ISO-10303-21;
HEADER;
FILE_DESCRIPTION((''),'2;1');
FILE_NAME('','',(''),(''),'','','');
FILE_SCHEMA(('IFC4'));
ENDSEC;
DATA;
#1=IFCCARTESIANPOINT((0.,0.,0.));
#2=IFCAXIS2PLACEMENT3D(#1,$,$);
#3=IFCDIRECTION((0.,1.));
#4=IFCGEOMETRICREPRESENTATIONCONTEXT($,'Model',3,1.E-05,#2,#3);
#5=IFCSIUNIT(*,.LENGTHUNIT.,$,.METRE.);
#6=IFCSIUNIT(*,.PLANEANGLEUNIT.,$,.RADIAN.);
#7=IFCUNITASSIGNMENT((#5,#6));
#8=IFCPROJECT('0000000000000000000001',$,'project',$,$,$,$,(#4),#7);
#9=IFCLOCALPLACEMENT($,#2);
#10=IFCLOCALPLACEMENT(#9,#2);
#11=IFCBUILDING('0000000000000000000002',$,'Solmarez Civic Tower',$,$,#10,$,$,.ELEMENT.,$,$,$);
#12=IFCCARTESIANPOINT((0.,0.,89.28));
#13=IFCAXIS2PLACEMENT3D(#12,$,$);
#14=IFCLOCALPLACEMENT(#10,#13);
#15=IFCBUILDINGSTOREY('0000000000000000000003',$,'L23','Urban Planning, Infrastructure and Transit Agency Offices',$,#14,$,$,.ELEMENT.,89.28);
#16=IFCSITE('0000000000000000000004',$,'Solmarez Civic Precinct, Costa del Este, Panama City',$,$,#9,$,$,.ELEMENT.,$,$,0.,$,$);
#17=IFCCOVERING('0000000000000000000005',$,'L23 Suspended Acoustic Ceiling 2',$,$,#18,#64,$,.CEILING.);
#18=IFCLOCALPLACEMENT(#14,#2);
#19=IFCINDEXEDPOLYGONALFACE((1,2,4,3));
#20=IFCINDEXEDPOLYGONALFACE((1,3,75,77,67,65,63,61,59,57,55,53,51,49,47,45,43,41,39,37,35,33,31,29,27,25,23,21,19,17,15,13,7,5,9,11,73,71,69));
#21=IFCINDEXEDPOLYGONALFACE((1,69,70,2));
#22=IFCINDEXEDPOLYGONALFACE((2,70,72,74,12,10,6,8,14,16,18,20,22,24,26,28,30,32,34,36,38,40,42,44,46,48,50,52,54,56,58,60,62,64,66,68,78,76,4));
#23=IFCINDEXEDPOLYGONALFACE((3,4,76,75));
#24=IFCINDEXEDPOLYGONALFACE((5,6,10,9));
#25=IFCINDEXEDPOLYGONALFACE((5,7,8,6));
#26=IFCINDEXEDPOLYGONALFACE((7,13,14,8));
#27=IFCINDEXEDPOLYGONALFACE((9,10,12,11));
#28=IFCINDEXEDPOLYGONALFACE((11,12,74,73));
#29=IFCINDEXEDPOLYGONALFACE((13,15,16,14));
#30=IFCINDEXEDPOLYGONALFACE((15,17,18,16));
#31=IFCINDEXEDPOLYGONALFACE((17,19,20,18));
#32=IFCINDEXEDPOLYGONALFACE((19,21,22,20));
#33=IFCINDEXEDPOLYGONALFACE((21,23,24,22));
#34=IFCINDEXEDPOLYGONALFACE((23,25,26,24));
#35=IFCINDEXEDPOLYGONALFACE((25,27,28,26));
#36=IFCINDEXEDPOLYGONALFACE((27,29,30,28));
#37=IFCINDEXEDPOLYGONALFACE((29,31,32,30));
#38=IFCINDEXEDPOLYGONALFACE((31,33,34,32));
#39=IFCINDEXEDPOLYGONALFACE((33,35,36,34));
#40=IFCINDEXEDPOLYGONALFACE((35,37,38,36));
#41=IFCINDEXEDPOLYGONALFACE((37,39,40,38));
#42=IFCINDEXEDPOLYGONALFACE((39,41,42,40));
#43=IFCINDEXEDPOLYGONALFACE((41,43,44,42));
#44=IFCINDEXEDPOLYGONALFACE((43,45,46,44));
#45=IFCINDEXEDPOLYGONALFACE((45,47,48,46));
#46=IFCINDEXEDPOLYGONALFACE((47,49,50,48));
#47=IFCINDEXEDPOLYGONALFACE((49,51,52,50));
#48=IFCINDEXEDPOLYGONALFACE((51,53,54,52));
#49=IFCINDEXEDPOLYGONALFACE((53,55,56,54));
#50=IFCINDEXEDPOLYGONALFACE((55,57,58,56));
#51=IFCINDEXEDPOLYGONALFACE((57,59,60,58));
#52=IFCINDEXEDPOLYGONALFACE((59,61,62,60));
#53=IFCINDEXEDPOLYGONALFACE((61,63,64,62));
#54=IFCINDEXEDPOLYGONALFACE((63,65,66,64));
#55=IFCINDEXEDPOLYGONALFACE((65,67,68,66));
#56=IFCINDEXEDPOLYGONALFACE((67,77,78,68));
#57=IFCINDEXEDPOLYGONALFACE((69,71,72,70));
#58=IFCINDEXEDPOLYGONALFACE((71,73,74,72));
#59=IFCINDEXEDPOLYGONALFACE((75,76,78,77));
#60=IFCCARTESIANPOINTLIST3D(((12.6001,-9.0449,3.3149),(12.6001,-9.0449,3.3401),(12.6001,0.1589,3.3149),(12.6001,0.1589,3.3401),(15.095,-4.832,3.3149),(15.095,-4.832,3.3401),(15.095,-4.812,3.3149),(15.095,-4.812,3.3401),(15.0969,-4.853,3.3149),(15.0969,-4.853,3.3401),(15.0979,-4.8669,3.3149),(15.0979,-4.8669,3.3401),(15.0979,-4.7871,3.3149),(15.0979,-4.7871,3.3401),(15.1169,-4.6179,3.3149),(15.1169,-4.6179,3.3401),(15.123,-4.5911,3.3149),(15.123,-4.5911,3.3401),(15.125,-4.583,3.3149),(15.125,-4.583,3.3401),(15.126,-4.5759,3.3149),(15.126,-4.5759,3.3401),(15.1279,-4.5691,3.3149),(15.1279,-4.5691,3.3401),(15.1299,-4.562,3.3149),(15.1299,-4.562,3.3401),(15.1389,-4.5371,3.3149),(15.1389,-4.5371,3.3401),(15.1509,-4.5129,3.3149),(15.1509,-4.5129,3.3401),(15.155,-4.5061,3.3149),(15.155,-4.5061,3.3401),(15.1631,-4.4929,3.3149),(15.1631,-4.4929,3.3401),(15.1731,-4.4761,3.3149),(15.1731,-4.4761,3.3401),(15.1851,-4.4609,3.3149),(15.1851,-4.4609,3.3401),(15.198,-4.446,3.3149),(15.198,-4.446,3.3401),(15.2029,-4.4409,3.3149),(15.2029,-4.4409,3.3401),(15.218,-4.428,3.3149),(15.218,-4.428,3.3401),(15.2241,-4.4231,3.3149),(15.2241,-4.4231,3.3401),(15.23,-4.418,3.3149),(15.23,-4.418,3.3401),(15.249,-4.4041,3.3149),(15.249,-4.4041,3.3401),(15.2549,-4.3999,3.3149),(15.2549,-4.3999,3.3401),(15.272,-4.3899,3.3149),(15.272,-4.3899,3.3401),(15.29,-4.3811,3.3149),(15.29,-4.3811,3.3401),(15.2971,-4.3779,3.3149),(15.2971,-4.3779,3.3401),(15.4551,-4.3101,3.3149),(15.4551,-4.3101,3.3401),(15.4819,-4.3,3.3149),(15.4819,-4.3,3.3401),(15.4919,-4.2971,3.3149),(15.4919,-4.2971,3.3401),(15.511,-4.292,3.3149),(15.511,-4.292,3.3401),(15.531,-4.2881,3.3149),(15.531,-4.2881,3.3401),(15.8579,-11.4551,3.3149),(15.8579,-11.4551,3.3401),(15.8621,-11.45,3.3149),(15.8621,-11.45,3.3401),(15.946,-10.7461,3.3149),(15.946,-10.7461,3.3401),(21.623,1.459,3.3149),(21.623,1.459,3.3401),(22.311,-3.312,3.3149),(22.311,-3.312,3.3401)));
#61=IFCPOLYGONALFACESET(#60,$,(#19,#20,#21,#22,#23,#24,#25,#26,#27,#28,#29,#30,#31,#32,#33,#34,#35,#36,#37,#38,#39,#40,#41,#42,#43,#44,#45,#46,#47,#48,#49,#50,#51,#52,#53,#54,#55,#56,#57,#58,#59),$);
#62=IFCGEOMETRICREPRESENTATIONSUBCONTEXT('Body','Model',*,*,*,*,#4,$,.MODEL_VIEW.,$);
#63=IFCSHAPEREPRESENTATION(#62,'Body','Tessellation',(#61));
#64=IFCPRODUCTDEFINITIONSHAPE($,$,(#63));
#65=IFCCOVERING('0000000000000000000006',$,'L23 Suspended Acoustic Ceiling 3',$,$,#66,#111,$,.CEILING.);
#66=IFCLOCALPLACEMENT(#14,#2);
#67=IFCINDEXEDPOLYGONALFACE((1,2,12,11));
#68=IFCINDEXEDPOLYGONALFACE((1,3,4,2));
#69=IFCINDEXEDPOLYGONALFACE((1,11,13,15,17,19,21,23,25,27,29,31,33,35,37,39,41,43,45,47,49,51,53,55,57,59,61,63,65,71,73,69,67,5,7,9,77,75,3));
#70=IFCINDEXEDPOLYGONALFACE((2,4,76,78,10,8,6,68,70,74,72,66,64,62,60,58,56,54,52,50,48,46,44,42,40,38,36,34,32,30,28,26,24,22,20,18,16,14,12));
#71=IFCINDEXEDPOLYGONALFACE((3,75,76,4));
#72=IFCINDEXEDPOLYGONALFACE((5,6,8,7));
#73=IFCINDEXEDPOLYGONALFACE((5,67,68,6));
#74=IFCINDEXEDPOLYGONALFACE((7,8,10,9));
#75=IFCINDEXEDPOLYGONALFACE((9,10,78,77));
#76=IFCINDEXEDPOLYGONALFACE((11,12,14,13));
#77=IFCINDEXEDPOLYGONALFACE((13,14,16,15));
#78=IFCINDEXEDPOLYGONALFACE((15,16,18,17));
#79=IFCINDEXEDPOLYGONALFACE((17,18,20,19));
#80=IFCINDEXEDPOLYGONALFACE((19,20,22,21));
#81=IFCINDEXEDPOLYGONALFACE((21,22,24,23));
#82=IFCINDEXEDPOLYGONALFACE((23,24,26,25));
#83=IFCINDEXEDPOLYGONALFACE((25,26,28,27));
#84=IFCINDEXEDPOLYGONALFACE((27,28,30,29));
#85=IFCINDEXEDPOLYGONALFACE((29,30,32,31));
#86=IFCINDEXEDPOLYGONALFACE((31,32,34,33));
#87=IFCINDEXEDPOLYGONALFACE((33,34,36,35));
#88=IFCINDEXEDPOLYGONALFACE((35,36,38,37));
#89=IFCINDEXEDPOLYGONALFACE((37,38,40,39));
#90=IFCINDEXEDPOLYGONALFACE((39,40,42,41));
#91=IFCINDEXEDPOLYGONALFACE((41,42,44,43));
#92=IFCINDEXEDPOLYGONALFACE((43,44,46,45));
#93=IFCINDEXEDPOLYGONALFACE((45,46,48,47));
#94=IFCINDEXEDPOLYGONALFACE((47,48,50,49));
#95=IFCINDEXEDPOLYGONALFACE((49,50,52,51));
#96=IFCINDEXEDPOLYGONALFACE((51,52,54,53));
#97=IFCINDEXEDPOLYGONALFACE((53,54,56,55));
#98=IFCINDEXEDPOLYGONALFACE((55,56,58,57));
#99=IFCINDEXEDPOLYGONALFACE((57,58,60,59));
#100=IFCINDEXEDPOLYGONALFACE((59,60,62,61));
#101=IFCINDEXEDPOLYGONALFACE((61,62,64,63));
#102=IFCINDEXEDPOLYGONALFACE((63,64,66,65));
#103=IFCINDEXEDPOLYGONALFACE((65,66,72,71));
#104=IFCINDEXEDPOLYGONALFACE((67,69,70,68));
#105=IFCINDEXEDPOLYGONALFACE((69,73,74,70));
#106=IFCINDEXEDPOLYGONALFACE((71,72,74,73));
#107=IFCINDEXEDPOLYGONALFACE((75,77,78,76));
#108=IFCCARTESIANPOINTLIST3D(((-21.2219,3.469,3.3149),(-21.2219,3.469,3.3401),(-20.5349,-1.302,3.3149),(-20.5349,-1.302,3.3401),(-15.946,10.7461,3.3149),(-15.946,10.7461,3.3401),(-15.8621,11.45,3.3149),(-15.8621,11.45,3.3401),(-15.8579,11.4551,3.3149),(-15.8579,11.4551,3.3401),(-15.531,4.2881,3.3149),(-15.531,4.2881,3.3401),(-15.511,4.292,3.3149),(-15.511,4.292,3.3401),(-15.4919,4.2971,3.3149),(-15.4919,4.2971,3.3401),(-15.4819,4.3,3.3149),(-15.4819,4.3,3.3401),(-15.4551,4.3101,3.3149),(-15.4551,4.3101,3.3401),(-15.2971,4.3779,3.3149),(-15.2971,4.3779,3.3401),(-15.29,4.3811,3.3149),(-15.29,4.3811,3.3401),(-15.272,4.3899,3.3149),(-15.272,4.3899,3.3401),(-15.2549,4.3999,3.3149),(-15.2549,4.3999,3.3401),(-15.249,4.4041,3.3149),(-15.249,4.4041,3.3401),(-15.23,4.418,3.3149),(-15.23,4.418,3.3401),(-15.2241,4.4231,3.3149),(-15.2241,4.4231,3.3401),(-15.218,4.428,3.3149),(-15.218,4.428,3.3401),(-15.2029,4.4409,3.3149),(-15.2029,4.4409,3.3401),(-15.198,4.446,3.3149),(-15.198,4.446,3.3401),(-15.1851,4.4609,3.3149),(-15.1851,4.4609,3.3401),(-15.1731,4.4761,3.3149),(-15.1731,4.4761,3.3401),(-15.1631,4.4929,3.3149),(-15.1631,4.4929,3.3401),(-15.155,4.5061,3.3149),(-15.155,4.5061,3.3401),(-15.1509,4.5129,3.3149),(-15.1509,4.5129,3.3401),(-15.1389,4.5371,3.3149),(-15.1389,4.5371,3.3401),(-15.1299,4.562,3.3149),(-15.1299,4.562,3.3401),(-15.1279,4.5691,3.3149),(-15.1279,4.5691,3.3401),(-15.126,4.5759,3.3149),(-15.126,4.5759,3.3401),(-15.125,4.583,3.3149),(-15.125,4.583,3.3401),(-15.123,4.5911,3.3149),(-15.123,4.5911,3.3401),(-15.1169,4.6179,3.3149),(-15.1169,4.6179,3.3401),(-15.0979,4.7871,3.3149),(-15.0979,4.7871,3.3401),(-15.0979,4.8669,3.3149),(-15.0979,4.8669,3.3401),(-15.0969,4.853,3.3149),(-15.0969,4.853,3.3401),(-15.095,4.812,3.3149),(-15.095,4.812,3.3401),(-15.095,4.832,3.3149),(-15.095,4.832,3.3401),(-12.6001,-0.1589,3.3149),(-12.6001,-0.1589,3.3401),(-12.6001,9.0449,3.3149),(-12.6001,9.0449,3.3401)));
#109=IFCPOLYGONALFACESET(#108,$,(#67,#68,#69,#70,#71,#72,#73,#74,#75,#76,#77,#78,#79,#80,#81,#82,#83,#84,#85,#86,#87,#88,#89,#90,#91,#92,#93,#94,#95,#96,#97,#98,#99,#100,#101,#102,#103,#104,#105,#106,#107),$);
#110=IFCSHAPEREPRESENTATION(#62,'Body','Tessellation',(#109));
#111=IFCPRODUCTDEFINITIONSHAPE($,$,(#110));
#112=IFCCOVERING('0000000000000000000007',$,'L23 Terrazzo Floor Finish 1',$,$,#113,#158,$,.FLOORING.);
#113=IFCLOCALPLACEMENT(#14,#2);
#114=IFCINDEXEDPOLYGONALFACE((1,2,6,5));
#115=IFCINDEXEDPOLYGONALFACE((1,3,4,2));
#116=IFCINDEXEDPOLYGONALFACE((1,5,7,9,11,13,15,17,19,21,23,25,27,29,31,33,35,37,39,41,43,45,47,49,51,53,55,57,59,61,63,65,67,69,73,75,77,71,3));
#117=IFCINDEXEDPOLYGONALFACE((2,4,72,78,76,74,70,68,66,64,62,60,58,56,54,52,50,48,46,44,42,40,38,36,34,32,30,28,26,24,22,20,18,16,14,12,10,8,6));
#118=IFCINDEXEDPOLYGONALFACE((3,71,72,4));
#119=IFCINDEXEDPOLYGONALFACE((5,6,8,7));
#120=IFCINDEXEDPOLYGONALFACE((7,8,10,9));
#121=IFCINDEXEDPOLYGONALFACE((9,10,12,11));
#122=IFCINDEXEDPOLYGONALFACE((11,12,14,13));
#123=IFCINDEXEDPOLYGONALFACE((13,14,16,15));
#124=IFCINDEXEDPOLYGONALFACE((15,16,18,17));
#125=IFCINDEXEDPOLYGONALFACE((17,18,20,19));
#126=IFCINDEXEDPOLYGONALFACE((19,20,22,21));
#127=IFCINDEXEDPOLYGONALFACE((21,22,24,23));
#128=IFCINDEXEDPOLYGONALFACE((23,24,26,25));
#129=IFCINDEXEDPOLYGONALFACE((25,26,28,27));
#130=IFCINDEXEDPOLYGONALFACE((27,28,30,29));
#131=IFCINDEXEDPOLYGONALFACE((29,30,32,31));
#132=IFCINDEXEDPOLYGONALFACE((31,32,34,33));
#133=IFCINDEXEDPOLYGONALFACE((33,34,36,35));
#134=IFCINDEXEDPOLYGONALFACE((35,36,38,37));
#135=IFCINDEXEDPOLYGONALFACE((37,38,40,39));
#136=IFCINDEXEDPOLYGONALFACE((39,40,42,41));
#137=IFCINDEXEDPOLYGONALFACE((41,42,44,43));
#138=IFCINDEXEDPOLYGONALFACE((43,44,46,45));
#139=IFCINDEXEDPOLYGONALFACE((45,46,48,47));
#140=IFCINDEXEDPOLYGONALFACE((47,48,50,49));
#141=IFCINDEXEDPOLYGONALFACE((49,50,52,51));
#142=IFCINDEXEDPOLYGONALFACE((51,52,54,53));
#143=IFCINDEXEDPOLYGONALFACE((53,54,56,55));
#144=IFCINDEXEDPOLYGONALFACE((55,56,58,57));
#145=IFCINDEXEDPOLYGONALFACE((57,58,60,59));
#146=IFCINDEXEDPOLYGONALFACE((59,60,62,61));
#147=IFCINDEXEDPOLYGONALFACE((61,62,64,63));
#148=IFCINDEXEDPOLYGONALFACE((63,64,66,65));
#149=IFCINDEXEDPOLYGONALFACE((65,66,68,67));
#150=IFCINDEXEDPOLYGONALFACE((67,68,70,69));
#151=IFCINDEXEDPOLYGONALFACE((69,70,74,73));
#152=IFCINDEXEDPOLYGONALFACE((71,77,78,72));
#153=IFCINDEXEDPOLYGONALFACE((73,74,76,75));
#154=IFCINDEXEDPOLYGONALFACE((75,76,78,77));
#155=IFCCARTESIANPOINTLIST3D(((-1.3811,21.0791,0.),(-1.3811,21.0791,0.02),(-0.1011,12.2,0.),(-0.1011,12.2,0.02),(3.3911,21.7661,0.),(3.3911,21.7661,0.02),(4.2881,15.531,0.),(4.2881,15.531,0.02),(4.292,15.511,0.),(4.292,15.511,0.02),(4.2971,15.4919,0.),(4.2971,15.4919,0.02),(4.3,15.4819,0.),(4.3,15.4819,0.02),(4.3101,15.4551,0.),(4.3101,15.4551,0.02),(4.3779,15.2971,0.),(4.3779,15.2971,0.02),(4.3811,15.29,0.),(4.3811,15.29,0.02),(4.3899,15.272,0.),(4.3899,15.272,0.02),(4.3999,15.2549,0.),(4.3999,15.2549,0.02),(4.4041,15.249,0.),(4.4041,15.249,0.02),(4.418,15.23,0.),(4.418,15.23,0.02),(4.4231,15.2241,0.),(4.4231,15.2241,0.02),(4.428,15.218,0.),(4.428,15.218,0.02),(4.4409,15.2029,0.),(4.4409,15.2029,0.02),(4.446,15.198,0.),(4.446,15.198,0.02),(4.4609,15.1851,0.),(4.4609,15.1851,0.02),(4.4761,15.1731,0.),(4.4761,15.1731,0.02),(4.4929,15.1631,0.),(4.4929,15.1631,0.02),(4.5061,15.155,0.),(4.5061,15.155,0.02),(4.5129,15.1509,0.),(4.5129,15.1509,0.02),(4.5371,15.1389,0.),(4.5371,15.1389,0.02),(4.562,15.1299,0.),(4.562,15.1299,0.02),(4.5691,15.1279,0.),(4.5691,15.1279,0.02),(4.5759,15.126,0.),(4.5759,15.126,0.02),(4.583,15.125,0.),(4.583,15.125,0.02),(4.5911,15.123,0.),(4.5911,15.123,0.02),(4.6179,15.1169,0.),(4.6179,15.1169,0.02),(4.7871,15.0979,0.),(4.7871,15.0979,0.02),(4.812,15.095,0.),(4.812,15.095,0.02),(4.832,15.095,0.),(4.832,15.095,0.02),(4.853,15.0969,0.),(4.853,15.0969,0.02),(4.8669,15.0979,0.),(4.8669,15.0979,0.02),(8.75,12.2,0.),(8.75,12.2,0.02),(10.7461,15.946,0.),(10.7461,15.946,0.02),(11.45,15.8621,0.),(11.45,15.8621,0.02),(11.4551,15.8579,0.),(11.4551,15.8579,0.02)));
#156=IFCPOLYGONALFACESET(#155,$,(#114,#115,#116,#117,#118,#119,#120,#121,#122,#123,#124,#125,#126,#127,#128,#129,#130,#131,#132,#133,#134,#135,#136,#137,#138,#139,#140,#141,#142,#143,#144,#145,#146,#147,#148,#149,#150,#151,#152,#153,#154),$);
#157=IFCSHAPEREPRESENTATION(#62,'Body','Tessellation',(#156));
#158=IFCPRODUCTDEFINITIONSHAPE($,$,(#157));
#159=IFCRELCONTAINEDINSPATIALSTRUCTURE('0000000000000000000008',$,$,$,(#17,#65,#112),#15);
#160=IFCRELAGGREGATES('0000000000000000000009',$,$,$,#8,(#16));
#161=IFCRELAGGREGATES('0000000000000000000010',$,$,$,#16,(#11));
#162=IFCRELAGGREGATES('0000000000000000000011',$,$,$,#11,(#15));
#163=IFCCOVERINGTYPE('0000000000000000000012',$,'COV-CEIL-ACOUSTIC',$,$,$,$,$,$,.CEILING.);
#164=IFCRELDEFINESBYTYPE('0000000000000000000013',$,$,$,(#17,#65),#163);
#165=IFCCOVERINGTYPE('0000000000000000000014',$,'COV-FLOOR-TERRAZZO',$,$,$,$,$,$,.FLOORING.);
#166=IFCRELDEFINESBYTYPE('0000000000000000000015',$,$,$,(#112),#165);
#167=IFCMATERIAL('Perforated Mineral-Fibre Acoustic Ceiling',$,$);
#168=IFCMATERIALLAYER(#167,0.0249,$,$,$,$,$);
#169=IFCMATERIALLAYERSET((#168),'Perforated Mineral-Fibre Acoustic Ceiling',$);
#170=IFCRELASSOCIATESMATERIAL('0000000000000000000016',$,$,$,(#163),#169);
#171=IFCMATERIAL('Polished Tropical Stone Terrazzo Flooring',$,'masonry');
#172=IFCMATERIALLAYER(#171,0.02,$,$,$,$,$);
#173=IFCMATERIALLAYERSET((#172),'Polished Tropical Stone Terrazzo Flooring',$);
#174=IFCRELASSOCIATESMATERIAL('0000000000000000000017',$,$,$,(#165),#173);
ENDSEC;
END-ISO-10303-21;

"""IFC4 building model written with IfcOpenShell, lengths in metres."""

from ifc_helpers import new_model, si_unit, direction, frame, origin, place, context, subcontext, project, spatial, polyline, outline, extrude, material, layer, layer_set, type_object, element, save


model = new_model("IFC4")

# Units and contexts
model_context = context("Model", 3, precision=1e-05, world=origin(), true_north=direction((0.0, 1.0)))
body_context = subcontext(model_context, "Body", "Model", "MODEL_VIEW")
ifc_project = project(units=[si_unit("LENGTHUNIT", "METRE"), si_unit("PLANEANGLEUNIT", "RADIAN")], contexts=[model_context])

# Site, building, storey
site_placement = place(None, origin())
site = spatial("IfcSite", under=ifc_project, at=site_placement, Name="Solmarez Civic Precinct, Costa del Este, Panama City", CompositionType="ELEMENT", RefElevation=0.0)
building_placement = place(site_placement, origin())
building = spatial("IfcBuilding", under=site, at=building_placement, Name="Solmarez Civic Tower", CompositionType="ELEMENT")
storey_placement = place(building_placement, frame((0.0, 0.0, 89.28)))
storey = spatial("IfcBuildingStorey", under=building, at=storey_placement, Name="L23", Description="Urban Planning, Infrastructure and Transit Agency Offices", CompositionType="ELEMENT", Elevation=89.28)

# Coverings
ifc_material_1 = material(Name="Perforated Mineral-Fibre Acoustic Ceiling")
ifc_layer_1 = layer(ifc_material_1, 0.0249)
ifc_layer_set_1 = layer_set([ifc_layer_1], Name="Perforated Mineral-Fibre Acoustic Ceiling")
covering_type_1 = type_object("IfcCoveringType", Name="COV-CEIL-ACOUSTIC", PredefinedType="CEILING", material=ifc_layer_set_1)
covering_1_placement = place(storey_placement, frame((0.0, 0.0, 3.3149)))
element("IfcCovering", 1, at=covering_1_placement, inside=storey, type_object=covering_type_1, Name="L23 Suspended Acoustic Ceiling 2", PredefinedType="CEILING", context=body_context, shape_type="SweptSolid", body=[
    extrude(outline(polyline([(12.6001, 0.1589), (12.6001, -9.0449), (15.8579, -11.4551), (15.8621, -11.45), (15.946, -10.7461), (15.0979, -4.8669), (15.0969, -4.853), (15.095, -4.832), (15.095, -4.812), (15.0979, -4.7871), (15.1169, -4.6179), (15.123, -4.5911), (15.125, -4.583), (15.126, -4.5759), (15.1279, -4.5691), (15.1299, -4.562), (15.1389, -4.5371), (15.1509, -4.5129), (15.155, -4.5061), (15.1631, -4.4929), (15.1731, -4.4761), (15.1851, -4.4609), (15.198, -4.446), (15.2029, -4.4409), (15.218, -4.428), (15.2241, -4.4231), (15.23, -4.418), (15.249, -4.4041), (15.2549, -4.3999), (15.272, -4.3899), (15.29, -4.3811), (15.2971, -4.3779), (15.4551, -4.3101), (15.4819, -4.3), (15.4919, -4.2971), (15.511, -4.292), (15.531, -4.2881), (22.311, -3.312), (21.623, 1.459), (12.6001, 0.1589)])), origin(), (0.0, 0.0, 1.0), 0.0251),
])
covering_2_placement = place(storey_placement, frame((0.0, 0.0, 3.3149)))
element("IfcCovering", 2, at=covering_2_placement, inside=storey, type_object=covering_type_1, Name="L23 Suspended Acoustic Ceiling 3", PredefinedType="CEILING", context=body_context, shape_type="SweptSolid", body=[
    extrude(outline(polyline([(-15.1631, 4.4929), (-15.1731, 4.4761), (-15.1851, 4.4609), (-15.198, 4.446), (-15.2029, 4.4409), (-15.218, 4.428), (-15.2241, 4.4231), (-15.23, 4.418), (-15.249, 4.4041), (-15.2549, 4.3999), (-15.272, 4.3899), (-15.29, 4.3811), (-15.2971, 4.3779), (-15.4551, 4.3101), (-15.4819, 4.3), (-15.4919, 4.2971), (-15.511, 4.292), (-15.531, 4.2881), (-21.2219, 3.469), (-20.5349, -1.302), (-12.6001, -0.1589), (-12.6001, 9.0449), (-15.8579, 11.4551), (-15.8621, 11.45), (-15.946, 10.7461), (-15.0979, 4.8669), (-15.0969, 4.853), (-15.095, 4.832), (-15.095, 4.812), (-15.0979, 4.7871), (-15.1169, 4.6179), (-15.123, 4.5911), (-15.125, 4.583), (-15.126, 4.5759), (-15.1279, 4.5691), (-15.1299, 4.562), (-15.1389, 4.5371), (-15.1509, 4.5129), (-15.155, 4.5061), (-15.1631, 4.4929)])), origin(), (0.0, 0.0, 1.0), 0.0251),
])
ifc_material_2 = material(Name="Polished Tropical Stone Terrazzo Flooring", Category="masonry")
ifc_layer_2 = layer(ifc_material_2, 0.02)
ifc_layer_set_2 = layer_set([ifc_layer_2], Name="Polished Tropical Stone Terrazzo Flooring")
covering_type_2 = type_object("IfcCoveringType", Name="COV-FLOOR-TERRAZZO", PredefinedType="FLOORING", material=ifc_layer_set_2)
covering_3_placement = place(storey_placement, origin())
element("IfcCovering", 3, at=covering_3_placement, inside=storey, type_object=covering_type_2, Name="L23 Terrazzo Floor Finish 1", PredefinedType="FLOORING", context=body_context, shape_type="SweptSolid", body=[
    extrude(outline(polyline([(-0.1011, 12.2), (8.75, 12.2), (11.4551, 15.8579), (11.45, 15.8621), (10.7461, 15.946), (4.8669, 15.0979), (4.853, 15.0969), (4.832, 15.095), (4.812, 15.095), (4.7871, 15.0979), (4.6179, 15.1169), (4.5911, 15.123), (4.583, 15.125), (4.5759, 15.126), (4.5691, 15.1279), (4.562, 15.1299), (4.5371, 15.1389), (4.5129, 15.1509), (4.5061, 15.155), (4.4929, 15.1631), (4.4761, 15.1731), (4.4609, 15.1851), (4.446, 15.198), (4.4409, 15.2029), (4.428, 15.218), (4.4231, 15.2241), (4.418, 15.23), (4.4041, 15.249), (4.3999, 15.2549), (4.3899, 15.272), (4.3811, 15.29), (4.3779, 15.2971), (4.3101, 15.4551), (4.3, 15.4819), (4.2971, 15.4919), (4.292, 15.511), (4.2881, 15.531), (3.3911, 21.7661), (-1.3811, 21.0791), (-0.1011, 12.2)])), origin(), (0.0, 0.0, 1.0), 0.02),
])

save(model, "model.ifc")
